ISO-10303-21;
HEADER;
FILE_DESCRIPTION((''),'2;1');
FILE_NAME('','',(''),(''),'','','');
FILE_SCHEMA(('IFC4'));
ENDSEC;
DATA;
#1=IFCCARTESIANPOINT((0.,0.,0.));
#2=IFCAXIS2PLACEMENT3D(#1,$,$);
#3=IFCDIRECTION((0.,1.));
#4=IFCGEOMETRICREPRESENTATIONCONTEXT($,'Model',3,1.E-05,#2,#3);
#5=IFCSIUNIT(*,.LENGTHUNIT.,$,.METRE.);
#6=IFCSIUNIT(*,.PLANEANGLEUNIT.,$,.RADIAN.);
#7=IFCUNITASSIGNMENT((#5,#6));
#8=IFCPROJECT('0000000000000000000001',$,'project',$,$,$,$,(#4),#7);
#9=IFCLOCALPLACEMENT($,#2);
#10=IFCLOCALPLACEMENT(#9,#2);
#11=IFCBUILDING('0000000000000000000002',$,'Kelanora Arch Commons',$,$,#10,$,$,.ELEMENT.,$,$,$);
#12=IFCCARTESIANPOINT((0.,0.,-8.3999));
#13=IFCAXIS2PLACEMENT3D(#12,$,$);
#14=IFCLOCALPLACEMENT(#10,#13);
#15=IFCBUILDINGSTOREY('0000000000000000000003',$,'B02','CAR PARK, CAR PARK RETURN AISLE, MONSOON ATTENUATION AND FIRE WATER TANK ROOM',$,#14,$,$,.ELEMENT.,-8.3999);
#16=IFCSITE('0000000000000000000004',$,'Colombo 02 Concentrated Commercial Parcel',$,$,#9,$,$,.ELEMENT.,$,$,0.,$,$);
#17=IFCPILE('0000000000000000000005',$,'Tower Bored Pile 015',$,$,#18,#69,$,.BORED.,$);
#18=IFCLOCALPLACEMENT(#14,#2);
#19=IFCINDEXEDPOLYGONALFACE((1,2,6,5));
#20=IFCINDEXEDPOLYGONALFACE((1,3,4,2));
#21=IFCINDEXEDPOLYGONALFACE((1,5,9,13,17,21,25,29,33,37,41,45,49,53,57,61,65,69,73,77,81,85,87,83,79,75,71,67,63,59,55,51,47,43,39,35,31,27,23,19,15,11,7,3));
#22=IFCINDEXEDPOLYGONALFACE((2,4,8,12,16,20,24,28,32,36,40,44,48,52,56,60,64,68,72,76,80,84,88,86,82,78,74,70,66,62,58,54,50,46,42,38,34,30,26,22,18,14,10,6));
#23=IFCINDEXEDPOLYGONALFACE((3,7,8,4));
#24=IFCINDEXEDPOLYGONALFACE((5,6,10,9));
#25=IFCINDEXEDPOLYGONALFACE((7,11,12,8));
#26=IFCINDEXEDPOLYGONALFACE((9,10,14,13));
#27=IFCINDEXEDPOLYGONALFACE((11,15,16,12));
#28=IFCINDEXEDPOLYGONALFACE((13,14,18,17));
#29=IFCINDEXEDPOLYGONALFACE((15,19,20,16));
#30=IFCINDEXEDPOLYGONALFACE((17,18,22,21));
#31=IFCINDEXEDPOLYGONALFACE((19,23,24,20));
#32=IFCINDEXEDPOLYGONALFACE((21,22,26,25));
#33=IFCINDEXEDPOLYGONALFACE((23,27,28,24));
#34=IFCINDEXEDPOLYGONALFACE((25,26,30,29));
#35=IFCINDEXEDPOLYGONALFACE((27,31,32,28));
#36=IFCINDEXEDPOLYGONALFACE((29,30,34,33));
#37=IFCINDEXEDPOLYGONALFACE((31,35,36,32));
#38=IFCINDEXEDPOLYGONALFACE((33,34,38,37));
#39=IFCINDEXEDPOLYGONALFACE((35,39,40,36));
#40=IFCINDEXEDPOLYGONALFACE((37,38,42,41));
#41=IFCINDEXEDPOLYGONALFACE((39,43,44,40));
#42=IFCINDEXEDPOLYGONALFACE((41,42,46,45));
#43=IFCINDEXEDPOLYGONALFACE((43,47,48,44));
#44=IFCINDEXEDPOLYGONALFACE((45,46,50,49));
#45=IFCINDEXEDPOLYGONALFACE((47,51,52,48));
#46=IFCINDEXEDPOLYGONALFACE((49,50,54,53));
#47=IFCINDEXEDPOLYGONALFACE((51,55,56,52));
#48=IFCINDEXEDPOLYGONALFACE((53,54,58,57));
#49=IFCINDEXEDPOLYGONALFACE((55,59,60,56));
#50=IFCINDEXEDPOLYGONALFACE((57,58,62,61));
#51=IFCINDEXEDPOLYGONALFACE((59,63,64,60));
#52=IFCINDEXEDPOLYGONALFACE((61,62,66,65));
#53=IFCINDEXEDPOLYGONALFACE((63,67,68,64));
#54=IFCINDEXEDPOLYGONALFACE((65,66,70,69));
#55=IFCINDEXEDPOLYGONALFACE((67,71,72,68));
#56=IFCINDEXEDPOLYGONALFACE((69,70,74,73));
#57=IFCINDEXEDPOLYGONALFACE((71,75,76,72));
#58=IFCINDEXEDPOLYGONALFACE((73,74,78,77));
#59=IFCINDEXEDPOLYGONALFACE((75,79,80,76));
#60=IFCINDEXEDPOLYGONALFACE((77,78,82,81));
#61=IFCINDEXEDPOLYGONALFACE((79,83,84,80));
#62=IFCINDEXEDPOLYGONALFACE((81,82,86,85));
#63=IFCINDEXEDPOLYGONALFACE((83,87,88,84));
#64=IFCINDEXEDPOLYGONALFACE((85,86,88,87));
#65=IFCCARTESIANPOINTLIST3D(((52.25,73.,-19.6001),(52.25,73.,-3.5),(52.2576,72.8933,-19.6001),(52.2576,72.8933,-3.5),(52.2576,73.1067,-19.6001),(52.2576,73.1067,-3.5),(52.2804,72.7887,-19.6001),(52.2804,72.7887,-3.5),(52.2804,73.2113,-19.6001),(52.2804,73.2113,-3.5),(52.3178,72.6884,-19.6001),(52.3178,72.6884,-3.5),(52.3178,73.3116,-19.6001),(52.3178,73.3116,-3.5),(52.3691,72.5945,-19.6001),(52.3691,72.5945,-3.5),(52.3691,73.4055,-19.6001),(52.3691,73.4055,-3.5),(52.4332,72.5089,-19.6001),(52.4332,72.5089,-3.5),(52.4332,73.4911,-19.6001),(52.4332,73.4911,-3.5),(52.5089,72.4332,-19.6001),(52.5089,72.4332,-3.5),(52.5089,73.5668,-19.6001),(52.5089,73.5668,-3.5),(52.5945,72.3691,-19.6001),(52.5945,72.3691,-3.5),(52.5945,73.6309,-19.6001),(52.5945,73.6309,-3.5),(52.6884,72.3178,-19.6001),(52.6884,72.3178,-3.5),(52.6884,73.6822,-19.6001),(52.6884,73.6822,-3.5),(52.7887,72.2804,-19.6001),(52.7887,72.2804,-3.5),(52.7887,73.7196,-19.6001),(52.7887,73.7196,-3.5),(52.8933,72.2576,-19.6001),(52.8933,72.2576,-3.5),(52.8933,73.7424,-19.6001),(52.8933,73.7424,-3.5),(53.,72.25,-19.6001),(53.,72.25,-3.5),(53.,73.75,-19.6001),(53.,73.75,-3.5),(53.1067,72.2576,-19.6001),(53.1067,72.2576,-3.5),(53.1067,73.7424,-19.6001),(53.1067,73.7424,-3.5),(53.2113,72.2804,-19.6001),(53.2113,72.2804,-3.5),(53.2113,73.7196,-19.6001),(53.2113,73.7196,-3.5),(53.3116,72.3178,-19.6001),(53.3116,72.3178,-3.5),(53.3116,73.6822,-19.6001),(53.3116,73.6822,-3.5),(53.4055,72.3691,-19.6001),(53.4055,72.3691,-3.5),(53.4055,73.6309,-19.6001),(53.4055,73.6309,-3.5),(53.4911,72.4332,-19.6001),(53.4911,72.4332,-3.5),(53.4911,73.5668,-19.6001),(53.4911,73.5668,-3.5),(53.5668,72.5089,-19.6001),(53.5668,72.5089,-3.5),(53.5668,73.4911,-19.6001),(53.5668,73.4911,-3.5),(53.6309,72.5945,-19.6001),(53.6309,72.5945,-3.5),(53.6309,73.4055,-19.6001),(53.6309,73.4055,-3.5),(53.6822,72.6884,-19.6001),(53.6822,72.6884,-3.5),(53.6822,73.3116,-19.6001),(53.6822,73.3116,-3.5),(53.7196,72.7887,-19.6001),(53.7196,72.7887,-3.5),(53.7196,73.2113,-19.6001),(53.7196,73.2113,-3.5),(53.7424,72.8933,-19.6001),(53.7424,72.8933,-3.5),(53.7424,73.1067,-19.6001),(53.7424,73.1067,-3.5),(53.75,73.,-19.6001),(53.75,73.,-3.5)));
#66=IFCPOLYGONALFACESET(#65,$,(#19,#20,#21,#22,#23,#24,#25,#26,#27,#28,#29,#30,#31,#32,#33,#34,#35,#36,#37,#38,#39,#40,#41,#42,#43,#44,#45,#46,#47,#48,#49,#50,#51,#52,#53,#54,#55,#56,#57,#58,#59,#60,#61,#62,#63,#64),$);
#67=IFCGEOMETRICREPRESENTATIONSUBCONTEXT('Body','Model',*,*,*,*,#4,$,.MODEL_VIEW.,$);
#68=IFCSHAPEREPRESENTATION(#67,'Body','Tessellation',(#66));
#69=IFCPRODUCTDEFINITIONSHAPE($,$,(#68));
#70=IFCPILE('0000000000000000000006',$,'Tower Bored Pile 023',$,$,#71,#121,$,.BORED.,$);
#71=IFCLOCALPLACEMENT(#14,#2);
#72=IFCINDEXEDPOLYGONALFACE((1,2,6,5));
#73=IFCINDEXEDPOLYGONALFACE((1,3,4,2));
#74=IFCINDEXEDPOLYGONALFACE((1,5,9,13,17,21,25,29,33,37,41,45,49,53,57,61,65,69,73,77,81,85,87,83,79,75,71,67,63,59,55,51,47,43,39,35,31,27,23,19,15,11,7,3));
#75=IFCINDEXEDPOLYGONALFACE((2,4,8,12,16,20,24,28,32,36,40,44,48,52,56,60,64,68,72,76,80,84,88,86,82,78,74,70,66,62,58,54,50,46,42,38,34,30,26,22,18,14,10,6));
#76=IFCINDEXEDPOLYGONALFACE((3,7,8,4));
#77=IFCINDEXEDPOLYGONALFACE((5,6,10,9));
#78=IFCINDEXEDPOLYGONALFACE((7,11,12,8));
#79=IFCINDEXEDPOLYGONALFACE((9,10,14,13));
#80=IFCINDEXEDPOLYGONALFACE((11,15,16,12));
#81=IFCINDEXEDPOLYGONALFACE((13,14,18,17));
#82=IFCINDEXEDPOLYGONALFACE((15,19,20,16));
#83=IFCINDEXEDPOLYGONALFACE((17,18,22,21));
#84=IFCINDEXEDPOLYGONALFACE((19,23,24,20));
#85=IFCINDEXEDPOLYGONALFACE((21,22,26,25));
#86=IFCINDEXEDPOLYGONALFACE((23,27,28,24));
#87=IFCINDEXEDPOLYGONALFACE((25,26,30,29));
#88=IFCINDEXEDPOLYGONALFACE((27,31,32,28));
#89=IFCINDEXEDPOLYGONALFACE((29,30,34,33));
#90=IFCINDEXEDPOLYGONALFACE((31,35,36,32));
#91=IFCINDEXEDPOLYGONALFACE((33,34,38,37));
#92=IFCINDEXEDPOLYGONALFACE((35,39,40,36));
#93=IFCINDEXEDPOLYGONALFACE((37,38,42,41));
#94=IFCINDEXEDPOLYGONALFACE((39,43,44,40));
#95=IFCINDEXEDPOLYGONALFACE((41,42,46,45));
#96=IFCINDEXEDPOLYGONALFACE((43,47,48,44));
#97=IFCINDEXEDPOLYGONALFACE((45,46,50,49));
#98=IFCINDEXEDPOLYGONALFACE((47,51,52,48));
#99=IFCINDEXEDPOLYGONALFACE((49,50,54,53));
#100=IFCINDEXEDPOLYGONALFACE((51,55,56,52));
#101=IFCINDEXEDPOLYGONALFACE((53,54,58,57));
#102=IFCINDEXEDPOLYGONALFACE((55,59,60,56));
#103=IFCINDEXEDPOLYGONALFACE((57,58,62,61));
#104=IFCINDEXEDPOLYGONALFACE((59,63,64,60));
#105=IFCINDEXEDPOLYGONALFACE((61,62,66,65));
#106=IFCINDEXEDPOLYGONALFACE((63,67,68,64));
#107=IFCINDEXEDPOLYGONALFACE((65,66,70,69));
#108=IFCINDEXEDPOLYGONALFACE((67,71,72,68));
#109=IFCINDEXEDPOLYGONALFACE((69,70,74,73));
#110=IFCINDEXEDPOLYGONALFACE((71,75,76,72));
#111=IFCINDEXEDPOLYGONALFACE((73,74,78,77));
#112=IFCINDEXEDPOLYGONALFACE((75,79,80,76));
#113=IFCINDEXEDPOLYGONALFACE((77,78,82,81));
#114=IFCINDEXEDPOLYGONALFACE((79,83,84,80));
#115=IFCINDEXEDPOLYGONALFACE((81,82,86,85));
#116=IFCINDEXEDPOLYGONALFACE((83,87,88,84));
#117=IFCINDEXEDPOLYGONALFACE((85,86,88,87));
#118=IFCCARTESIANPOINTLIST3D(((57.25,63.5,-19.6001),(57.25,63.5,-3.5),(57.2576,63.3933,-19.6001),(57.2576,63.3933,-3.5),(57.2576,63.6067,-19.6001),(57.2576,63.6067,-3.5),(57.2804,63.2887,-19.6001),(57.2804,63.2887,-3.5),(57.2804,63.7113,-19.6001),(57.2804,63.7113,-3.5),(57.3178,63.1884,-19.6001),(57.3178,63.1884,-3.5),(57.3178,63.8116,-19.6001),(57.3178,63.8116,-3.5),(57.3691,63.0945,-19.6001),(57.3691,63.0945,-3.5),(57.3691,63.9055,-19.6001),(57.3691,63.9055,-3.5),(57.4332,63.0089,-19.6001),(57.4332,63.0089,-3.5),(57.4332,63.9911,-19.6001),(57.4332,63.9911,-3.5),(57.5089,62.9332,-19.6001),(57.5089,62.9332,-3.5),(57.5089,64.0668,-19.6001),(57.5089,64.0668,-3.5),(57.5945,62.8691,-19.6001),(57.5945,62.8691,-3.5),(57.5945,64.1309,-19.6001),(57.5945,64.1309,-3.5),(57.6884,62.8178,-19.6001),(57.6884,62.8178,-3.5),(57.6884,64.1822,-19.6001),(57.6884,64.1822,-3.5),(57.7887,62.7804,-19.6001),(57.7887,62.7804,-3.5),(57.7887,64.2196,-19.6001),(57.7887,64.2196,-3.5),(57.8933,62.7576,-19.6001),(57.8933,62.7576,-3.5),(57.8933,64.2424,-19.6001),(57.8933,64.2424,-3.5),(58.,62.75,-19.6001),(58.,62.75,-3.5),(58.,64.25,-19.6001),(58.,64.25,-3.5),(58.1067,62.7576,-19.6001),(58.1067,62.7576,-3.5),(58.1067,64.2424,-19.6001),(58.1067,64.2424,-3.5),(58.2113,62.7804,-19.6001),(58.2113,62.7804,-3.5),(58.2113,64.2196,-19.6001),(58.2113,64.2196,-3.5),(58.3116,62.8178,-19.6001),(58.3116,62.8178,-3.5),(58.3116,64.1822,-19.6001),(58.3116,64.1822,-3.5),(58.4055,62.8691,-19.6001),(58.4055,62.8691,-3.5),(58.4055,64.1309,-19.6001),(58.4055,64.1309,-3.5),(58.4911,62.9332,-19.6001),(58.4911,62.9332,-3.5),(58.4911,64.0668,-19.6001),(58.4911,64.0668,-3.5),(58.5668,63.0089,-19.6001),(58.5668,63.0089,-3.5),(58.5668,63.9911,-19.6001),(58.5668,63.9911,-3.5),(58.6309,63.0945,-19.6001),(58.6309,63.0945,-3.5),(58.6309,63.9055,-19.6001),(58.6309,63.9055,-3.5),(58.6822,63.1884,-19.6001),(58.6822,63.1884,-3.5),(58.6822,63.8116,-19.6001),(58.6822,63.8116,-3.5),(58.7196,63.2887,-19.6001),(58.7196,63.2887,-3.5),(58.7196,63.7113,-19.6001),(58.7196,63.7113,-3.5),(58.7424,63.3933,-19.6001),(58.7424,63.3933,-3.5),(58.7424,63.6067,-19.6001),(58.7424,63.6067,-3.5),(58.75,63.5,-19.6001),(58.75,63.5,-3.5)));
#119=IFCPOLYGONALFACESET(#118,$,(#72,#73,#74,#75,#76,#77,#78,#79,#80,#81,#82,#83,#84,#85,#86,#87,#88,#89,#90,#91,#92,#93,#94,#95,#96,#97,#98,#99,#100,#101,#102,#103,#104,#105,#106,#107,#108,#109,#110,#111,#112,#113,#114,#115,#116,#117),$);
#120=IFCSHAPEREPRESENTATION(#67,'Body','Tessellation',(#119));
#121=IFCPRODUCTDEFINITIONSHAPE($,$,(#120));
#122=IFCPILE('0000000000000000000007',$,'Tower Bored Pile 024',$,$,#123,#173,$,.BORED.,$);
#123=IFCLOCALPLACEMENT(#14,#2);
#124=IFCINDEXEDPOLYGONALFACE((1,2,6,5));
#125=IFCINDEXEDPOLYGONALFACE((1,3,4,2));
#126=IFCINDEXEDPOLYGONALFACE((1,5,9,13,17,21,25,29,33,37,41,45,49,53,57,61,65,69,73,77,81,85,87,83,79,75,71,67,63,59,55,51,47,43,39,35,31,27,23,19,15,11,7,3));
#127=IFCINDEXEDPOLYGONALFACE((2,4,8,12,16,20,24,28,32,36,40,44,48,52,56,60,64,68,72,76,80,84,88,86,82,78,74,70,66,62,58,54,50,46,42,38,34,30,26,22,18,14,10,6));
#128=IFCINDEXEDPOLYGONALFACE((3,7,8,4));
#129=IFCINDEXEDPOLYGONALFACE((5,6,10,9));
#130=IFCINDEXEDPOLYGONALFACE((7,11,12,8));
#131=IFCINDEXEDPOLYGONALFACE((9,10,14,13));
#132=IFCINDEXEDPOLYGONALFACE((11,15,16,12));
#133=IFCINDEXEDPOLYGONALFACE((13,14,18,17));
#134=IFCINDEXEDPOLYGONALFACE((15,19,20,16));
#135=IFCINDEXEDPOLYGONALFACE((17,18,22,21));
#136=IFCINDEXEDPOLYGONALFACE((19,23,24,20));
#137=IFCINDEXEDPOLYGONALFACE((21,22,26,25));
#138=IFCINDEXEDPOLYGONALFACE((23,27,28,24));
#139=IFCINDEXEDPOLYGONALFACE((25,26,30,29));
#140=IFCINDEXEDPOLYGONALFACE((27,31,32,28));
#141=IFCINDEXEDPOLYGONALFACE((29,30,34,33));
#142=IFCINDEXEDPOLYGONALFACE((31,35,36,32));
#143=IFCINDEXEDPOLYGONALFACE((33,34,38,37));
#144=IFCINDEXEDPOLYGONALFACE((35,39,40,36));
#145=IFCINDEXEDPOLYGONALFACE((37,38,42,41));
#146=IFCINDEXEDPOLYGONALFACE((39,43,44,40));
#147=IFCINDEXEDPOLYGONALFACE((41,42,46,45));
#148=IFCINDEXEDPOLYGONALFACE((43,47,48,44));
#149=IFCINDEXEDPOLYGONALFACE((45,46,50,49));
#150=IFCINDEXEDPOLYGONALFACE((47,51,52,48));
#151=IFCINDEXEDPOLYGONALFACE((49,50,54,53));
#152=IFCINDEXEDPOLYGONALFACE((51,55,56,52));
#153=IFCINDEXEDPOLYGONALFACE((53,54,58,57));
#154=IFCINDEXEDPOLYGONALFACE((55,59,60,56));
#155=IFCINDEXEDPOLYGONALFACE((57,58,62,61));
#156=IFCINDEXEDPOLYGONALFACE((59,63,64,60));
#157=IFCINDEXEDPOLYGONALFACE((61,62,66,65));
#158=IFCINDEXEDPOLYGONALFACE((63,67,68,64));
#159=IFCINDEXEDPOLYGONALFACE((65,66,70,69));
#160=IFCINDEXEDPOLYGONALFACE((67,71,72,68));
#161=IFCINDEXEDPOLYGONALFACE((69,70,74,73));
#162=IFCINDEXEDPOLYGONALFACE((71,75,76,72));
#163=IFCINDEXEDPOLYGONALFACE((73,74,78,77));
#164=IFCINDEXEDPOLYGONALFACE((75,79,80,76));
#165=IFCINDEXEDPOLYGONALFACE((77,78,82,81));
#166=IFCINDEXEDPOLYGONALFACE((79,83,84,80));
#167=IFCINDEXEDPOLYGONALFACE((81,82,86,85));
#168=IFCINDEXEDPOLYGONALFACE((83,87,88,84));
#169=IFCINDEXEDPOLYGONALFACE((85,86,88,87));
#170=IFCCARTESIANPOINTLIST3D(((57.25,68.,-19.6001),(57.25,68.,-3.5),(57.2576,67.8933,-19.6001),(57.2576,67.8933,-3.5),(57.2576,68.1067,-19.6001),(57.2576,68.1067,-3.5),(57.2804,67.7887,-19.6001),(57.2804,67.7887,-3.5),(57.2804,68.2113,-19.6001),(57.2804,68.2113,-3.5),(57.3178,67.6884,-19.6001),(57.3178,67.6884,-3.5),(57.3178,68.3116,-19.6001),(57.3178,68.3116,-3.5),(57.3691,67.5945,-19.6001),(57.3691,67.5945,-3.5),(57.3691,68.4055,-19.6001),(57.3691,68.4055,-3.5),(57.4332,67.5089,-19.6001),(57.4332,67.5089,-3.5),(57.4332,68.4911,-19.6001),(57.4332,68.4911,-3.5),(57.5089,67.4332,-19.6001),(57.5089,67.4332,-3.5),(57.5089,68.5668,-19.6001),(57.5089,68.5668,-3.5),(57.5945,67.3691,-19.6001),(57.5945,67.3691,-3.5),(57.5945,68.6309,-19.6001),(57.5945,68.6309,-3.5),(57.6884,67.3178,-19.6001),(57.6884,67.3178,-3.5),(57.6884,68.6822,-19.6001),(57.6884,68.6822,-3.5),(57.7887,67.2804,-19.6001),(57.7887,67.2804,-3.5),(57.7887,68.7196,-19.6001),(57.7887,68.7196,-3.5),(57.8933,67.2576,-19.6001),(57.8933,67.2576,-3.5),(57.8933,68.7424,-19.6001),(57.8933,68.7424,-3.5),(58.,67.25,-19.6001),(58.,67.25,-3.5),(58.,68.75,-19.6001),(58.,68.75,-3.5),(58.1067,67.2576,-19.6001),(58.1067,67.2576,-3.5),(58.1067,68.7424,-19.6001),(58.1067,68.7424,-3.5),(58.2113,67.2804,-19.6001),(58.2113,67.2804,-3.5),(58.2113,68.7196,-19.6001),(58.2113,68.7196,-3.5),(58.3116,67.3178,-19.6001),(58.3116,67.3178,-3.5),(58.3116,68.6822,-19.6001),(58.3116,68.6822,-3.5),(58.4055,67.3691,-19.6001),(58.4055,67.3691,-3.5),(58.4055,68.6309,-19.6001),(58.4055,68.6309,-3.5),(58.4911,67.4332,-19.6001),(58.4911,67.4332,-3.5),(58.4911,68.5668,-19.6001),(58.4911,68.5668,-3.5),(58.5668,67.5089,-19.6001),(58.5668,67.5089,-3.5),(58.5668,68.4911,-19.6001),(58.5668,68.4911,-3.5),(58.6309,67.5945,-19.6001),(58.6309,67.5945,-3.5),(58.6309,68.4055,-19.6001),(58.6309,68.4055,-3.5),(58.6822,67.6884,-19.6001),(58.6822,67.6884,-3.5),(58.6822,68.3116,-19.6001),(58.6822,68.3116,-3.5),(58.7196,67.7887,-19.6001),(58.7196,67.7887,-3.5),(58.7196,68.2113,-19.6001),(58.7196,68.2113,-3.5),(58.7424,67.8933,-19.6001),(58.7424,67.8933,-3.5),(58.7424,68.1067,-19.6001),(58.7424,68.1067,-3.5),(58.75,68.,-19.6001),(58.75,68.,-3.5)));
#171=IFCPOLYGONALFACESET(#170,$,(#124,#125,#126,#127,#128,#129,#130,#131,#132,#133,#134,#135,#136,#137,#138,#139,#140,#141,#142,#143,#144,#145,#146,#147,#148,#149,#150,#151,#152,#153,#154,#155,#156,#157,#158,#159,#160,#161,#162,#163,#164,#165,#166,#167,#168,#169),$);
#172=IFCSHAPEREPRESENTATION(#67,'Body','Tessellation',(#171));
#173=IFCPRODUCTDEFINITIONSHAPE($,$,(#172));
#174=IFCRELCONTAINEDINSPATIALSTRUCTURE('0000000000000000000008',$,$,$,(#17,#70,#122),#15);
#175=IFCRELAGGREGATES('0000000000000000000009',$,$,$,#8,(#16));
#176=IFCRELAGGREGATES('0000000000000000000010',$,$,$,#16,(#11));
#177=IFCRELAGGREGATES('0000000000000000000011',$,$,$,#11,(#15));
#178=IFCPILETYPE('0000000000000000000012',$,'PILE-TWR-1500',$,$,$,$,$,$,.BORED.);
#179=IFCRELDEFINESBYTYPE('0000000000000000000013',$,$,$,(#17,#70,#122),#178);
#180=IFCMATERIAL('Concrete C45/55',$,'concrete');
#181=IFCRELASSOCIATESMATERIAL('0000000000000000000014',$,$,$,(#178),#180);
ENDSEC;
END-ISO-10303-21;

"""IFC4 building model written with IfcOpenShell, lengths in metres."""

from ifc_helpers import new_model, si_unit, direction, frame, origin, origin_2d, place, context, subcontext, project, spatial, circle, extrude, source, transform, mapped, material, material_profile, profile_set, type_object, element, save


model = new_model("IFC4")

# Units and contexts
model_context = context("Model", 3, precision=1e-05, world=origin(), true_north=direction((0.0, 1.0)))
body_context = subcontext(model_context, "Body", "Model", "MODEL_VIEW")
ifc_project = project(units=[si_unit("LENGTHUNIT", "METRE"), si_unit("PLANEANGLEUNIT", "RADIAN")], contexts=[model_context])

# Site, building, storey
site_placement = place(None, origin())
site = spatial("IfcSite", under=ifc_project, at=site_placement, Name="Colombo 02 Concentrated Commercial Parcel", CompositionType="ELEMENT", RefElevation=0.0)
building_placement = place(site_placement, origin())
building = spatial("IfcBuilding", under=site, at=building_placement, Name="Kelanora Arch Commons", CompositionType="ELEMENT")
storey_placement = place(building_placement, frame((0.0, 0.0, -8.3999)))
storey = spatial("IfcBuildingStorey", under=building, at=storey_placement, Name="B02", Description="CAR PARK, CAR PARK RETURN AISLE, MONSOON ATTENUATION AND FIRE WATER TANK ROOM", CompositionType="ELEMENT", Elevation=-8.3999)

# Piles
ifc_material_1 = material(Name="Concrete C45/55", Category="concrete")
ifc_material_profile_1 = material_profile(ifc_material_1, circle(Radius=0.75, at=origin_2d()), Name="PILE1500")
ifc_profile_set_1 = profile_set([ifc_material_profile_1], Name="Concrete C45/55")
pile_type = type_object("IfcPileType", Name="PILE-TWR-1500", PredefinedType="BORED", material=ifc_profile_set_1)
shared_shape = source(origin(), body_context, "Body", "SweptSolid", [
    extrude(circle(Radius=0.75, at=origin_2d()), origin(), (0.0, 0.0, 1.0), 16.1001),
])
for number, where, z_axis, x_axis, name in (
    (1, (53.0, 73.0, -3.5), (0.0, 0.0, -1.0), (1.0, 0.0, 0.0), "Tower Bored Pile 015"),
    (2, (58.0, 63.5, -3.5), (0.0, 0.0, -1.0), (1.0, 0.0, 0.0), "Tower Bored Pile 023"),
    (3, (58.0, 68.0, -3.5), (0.0, 0.0, -1.0), (1.0, 0.0, 0.0), "Tower Bored Pile 024"),
):
    element("IfcPile", number, at=place(storey_placement, frame(where, z_axis=z_axis, x_axis=x_axis)), inside=storey, type_object=pile_type, Name=name, PredefinedType="BORED", context=body_context, shape_type="MappedRepresentation", body=[
        mapped(shared_shape, transform((0.0, 0.0, 0.0), scale=1.0)),
    ])

save(model, "model.ifc")
